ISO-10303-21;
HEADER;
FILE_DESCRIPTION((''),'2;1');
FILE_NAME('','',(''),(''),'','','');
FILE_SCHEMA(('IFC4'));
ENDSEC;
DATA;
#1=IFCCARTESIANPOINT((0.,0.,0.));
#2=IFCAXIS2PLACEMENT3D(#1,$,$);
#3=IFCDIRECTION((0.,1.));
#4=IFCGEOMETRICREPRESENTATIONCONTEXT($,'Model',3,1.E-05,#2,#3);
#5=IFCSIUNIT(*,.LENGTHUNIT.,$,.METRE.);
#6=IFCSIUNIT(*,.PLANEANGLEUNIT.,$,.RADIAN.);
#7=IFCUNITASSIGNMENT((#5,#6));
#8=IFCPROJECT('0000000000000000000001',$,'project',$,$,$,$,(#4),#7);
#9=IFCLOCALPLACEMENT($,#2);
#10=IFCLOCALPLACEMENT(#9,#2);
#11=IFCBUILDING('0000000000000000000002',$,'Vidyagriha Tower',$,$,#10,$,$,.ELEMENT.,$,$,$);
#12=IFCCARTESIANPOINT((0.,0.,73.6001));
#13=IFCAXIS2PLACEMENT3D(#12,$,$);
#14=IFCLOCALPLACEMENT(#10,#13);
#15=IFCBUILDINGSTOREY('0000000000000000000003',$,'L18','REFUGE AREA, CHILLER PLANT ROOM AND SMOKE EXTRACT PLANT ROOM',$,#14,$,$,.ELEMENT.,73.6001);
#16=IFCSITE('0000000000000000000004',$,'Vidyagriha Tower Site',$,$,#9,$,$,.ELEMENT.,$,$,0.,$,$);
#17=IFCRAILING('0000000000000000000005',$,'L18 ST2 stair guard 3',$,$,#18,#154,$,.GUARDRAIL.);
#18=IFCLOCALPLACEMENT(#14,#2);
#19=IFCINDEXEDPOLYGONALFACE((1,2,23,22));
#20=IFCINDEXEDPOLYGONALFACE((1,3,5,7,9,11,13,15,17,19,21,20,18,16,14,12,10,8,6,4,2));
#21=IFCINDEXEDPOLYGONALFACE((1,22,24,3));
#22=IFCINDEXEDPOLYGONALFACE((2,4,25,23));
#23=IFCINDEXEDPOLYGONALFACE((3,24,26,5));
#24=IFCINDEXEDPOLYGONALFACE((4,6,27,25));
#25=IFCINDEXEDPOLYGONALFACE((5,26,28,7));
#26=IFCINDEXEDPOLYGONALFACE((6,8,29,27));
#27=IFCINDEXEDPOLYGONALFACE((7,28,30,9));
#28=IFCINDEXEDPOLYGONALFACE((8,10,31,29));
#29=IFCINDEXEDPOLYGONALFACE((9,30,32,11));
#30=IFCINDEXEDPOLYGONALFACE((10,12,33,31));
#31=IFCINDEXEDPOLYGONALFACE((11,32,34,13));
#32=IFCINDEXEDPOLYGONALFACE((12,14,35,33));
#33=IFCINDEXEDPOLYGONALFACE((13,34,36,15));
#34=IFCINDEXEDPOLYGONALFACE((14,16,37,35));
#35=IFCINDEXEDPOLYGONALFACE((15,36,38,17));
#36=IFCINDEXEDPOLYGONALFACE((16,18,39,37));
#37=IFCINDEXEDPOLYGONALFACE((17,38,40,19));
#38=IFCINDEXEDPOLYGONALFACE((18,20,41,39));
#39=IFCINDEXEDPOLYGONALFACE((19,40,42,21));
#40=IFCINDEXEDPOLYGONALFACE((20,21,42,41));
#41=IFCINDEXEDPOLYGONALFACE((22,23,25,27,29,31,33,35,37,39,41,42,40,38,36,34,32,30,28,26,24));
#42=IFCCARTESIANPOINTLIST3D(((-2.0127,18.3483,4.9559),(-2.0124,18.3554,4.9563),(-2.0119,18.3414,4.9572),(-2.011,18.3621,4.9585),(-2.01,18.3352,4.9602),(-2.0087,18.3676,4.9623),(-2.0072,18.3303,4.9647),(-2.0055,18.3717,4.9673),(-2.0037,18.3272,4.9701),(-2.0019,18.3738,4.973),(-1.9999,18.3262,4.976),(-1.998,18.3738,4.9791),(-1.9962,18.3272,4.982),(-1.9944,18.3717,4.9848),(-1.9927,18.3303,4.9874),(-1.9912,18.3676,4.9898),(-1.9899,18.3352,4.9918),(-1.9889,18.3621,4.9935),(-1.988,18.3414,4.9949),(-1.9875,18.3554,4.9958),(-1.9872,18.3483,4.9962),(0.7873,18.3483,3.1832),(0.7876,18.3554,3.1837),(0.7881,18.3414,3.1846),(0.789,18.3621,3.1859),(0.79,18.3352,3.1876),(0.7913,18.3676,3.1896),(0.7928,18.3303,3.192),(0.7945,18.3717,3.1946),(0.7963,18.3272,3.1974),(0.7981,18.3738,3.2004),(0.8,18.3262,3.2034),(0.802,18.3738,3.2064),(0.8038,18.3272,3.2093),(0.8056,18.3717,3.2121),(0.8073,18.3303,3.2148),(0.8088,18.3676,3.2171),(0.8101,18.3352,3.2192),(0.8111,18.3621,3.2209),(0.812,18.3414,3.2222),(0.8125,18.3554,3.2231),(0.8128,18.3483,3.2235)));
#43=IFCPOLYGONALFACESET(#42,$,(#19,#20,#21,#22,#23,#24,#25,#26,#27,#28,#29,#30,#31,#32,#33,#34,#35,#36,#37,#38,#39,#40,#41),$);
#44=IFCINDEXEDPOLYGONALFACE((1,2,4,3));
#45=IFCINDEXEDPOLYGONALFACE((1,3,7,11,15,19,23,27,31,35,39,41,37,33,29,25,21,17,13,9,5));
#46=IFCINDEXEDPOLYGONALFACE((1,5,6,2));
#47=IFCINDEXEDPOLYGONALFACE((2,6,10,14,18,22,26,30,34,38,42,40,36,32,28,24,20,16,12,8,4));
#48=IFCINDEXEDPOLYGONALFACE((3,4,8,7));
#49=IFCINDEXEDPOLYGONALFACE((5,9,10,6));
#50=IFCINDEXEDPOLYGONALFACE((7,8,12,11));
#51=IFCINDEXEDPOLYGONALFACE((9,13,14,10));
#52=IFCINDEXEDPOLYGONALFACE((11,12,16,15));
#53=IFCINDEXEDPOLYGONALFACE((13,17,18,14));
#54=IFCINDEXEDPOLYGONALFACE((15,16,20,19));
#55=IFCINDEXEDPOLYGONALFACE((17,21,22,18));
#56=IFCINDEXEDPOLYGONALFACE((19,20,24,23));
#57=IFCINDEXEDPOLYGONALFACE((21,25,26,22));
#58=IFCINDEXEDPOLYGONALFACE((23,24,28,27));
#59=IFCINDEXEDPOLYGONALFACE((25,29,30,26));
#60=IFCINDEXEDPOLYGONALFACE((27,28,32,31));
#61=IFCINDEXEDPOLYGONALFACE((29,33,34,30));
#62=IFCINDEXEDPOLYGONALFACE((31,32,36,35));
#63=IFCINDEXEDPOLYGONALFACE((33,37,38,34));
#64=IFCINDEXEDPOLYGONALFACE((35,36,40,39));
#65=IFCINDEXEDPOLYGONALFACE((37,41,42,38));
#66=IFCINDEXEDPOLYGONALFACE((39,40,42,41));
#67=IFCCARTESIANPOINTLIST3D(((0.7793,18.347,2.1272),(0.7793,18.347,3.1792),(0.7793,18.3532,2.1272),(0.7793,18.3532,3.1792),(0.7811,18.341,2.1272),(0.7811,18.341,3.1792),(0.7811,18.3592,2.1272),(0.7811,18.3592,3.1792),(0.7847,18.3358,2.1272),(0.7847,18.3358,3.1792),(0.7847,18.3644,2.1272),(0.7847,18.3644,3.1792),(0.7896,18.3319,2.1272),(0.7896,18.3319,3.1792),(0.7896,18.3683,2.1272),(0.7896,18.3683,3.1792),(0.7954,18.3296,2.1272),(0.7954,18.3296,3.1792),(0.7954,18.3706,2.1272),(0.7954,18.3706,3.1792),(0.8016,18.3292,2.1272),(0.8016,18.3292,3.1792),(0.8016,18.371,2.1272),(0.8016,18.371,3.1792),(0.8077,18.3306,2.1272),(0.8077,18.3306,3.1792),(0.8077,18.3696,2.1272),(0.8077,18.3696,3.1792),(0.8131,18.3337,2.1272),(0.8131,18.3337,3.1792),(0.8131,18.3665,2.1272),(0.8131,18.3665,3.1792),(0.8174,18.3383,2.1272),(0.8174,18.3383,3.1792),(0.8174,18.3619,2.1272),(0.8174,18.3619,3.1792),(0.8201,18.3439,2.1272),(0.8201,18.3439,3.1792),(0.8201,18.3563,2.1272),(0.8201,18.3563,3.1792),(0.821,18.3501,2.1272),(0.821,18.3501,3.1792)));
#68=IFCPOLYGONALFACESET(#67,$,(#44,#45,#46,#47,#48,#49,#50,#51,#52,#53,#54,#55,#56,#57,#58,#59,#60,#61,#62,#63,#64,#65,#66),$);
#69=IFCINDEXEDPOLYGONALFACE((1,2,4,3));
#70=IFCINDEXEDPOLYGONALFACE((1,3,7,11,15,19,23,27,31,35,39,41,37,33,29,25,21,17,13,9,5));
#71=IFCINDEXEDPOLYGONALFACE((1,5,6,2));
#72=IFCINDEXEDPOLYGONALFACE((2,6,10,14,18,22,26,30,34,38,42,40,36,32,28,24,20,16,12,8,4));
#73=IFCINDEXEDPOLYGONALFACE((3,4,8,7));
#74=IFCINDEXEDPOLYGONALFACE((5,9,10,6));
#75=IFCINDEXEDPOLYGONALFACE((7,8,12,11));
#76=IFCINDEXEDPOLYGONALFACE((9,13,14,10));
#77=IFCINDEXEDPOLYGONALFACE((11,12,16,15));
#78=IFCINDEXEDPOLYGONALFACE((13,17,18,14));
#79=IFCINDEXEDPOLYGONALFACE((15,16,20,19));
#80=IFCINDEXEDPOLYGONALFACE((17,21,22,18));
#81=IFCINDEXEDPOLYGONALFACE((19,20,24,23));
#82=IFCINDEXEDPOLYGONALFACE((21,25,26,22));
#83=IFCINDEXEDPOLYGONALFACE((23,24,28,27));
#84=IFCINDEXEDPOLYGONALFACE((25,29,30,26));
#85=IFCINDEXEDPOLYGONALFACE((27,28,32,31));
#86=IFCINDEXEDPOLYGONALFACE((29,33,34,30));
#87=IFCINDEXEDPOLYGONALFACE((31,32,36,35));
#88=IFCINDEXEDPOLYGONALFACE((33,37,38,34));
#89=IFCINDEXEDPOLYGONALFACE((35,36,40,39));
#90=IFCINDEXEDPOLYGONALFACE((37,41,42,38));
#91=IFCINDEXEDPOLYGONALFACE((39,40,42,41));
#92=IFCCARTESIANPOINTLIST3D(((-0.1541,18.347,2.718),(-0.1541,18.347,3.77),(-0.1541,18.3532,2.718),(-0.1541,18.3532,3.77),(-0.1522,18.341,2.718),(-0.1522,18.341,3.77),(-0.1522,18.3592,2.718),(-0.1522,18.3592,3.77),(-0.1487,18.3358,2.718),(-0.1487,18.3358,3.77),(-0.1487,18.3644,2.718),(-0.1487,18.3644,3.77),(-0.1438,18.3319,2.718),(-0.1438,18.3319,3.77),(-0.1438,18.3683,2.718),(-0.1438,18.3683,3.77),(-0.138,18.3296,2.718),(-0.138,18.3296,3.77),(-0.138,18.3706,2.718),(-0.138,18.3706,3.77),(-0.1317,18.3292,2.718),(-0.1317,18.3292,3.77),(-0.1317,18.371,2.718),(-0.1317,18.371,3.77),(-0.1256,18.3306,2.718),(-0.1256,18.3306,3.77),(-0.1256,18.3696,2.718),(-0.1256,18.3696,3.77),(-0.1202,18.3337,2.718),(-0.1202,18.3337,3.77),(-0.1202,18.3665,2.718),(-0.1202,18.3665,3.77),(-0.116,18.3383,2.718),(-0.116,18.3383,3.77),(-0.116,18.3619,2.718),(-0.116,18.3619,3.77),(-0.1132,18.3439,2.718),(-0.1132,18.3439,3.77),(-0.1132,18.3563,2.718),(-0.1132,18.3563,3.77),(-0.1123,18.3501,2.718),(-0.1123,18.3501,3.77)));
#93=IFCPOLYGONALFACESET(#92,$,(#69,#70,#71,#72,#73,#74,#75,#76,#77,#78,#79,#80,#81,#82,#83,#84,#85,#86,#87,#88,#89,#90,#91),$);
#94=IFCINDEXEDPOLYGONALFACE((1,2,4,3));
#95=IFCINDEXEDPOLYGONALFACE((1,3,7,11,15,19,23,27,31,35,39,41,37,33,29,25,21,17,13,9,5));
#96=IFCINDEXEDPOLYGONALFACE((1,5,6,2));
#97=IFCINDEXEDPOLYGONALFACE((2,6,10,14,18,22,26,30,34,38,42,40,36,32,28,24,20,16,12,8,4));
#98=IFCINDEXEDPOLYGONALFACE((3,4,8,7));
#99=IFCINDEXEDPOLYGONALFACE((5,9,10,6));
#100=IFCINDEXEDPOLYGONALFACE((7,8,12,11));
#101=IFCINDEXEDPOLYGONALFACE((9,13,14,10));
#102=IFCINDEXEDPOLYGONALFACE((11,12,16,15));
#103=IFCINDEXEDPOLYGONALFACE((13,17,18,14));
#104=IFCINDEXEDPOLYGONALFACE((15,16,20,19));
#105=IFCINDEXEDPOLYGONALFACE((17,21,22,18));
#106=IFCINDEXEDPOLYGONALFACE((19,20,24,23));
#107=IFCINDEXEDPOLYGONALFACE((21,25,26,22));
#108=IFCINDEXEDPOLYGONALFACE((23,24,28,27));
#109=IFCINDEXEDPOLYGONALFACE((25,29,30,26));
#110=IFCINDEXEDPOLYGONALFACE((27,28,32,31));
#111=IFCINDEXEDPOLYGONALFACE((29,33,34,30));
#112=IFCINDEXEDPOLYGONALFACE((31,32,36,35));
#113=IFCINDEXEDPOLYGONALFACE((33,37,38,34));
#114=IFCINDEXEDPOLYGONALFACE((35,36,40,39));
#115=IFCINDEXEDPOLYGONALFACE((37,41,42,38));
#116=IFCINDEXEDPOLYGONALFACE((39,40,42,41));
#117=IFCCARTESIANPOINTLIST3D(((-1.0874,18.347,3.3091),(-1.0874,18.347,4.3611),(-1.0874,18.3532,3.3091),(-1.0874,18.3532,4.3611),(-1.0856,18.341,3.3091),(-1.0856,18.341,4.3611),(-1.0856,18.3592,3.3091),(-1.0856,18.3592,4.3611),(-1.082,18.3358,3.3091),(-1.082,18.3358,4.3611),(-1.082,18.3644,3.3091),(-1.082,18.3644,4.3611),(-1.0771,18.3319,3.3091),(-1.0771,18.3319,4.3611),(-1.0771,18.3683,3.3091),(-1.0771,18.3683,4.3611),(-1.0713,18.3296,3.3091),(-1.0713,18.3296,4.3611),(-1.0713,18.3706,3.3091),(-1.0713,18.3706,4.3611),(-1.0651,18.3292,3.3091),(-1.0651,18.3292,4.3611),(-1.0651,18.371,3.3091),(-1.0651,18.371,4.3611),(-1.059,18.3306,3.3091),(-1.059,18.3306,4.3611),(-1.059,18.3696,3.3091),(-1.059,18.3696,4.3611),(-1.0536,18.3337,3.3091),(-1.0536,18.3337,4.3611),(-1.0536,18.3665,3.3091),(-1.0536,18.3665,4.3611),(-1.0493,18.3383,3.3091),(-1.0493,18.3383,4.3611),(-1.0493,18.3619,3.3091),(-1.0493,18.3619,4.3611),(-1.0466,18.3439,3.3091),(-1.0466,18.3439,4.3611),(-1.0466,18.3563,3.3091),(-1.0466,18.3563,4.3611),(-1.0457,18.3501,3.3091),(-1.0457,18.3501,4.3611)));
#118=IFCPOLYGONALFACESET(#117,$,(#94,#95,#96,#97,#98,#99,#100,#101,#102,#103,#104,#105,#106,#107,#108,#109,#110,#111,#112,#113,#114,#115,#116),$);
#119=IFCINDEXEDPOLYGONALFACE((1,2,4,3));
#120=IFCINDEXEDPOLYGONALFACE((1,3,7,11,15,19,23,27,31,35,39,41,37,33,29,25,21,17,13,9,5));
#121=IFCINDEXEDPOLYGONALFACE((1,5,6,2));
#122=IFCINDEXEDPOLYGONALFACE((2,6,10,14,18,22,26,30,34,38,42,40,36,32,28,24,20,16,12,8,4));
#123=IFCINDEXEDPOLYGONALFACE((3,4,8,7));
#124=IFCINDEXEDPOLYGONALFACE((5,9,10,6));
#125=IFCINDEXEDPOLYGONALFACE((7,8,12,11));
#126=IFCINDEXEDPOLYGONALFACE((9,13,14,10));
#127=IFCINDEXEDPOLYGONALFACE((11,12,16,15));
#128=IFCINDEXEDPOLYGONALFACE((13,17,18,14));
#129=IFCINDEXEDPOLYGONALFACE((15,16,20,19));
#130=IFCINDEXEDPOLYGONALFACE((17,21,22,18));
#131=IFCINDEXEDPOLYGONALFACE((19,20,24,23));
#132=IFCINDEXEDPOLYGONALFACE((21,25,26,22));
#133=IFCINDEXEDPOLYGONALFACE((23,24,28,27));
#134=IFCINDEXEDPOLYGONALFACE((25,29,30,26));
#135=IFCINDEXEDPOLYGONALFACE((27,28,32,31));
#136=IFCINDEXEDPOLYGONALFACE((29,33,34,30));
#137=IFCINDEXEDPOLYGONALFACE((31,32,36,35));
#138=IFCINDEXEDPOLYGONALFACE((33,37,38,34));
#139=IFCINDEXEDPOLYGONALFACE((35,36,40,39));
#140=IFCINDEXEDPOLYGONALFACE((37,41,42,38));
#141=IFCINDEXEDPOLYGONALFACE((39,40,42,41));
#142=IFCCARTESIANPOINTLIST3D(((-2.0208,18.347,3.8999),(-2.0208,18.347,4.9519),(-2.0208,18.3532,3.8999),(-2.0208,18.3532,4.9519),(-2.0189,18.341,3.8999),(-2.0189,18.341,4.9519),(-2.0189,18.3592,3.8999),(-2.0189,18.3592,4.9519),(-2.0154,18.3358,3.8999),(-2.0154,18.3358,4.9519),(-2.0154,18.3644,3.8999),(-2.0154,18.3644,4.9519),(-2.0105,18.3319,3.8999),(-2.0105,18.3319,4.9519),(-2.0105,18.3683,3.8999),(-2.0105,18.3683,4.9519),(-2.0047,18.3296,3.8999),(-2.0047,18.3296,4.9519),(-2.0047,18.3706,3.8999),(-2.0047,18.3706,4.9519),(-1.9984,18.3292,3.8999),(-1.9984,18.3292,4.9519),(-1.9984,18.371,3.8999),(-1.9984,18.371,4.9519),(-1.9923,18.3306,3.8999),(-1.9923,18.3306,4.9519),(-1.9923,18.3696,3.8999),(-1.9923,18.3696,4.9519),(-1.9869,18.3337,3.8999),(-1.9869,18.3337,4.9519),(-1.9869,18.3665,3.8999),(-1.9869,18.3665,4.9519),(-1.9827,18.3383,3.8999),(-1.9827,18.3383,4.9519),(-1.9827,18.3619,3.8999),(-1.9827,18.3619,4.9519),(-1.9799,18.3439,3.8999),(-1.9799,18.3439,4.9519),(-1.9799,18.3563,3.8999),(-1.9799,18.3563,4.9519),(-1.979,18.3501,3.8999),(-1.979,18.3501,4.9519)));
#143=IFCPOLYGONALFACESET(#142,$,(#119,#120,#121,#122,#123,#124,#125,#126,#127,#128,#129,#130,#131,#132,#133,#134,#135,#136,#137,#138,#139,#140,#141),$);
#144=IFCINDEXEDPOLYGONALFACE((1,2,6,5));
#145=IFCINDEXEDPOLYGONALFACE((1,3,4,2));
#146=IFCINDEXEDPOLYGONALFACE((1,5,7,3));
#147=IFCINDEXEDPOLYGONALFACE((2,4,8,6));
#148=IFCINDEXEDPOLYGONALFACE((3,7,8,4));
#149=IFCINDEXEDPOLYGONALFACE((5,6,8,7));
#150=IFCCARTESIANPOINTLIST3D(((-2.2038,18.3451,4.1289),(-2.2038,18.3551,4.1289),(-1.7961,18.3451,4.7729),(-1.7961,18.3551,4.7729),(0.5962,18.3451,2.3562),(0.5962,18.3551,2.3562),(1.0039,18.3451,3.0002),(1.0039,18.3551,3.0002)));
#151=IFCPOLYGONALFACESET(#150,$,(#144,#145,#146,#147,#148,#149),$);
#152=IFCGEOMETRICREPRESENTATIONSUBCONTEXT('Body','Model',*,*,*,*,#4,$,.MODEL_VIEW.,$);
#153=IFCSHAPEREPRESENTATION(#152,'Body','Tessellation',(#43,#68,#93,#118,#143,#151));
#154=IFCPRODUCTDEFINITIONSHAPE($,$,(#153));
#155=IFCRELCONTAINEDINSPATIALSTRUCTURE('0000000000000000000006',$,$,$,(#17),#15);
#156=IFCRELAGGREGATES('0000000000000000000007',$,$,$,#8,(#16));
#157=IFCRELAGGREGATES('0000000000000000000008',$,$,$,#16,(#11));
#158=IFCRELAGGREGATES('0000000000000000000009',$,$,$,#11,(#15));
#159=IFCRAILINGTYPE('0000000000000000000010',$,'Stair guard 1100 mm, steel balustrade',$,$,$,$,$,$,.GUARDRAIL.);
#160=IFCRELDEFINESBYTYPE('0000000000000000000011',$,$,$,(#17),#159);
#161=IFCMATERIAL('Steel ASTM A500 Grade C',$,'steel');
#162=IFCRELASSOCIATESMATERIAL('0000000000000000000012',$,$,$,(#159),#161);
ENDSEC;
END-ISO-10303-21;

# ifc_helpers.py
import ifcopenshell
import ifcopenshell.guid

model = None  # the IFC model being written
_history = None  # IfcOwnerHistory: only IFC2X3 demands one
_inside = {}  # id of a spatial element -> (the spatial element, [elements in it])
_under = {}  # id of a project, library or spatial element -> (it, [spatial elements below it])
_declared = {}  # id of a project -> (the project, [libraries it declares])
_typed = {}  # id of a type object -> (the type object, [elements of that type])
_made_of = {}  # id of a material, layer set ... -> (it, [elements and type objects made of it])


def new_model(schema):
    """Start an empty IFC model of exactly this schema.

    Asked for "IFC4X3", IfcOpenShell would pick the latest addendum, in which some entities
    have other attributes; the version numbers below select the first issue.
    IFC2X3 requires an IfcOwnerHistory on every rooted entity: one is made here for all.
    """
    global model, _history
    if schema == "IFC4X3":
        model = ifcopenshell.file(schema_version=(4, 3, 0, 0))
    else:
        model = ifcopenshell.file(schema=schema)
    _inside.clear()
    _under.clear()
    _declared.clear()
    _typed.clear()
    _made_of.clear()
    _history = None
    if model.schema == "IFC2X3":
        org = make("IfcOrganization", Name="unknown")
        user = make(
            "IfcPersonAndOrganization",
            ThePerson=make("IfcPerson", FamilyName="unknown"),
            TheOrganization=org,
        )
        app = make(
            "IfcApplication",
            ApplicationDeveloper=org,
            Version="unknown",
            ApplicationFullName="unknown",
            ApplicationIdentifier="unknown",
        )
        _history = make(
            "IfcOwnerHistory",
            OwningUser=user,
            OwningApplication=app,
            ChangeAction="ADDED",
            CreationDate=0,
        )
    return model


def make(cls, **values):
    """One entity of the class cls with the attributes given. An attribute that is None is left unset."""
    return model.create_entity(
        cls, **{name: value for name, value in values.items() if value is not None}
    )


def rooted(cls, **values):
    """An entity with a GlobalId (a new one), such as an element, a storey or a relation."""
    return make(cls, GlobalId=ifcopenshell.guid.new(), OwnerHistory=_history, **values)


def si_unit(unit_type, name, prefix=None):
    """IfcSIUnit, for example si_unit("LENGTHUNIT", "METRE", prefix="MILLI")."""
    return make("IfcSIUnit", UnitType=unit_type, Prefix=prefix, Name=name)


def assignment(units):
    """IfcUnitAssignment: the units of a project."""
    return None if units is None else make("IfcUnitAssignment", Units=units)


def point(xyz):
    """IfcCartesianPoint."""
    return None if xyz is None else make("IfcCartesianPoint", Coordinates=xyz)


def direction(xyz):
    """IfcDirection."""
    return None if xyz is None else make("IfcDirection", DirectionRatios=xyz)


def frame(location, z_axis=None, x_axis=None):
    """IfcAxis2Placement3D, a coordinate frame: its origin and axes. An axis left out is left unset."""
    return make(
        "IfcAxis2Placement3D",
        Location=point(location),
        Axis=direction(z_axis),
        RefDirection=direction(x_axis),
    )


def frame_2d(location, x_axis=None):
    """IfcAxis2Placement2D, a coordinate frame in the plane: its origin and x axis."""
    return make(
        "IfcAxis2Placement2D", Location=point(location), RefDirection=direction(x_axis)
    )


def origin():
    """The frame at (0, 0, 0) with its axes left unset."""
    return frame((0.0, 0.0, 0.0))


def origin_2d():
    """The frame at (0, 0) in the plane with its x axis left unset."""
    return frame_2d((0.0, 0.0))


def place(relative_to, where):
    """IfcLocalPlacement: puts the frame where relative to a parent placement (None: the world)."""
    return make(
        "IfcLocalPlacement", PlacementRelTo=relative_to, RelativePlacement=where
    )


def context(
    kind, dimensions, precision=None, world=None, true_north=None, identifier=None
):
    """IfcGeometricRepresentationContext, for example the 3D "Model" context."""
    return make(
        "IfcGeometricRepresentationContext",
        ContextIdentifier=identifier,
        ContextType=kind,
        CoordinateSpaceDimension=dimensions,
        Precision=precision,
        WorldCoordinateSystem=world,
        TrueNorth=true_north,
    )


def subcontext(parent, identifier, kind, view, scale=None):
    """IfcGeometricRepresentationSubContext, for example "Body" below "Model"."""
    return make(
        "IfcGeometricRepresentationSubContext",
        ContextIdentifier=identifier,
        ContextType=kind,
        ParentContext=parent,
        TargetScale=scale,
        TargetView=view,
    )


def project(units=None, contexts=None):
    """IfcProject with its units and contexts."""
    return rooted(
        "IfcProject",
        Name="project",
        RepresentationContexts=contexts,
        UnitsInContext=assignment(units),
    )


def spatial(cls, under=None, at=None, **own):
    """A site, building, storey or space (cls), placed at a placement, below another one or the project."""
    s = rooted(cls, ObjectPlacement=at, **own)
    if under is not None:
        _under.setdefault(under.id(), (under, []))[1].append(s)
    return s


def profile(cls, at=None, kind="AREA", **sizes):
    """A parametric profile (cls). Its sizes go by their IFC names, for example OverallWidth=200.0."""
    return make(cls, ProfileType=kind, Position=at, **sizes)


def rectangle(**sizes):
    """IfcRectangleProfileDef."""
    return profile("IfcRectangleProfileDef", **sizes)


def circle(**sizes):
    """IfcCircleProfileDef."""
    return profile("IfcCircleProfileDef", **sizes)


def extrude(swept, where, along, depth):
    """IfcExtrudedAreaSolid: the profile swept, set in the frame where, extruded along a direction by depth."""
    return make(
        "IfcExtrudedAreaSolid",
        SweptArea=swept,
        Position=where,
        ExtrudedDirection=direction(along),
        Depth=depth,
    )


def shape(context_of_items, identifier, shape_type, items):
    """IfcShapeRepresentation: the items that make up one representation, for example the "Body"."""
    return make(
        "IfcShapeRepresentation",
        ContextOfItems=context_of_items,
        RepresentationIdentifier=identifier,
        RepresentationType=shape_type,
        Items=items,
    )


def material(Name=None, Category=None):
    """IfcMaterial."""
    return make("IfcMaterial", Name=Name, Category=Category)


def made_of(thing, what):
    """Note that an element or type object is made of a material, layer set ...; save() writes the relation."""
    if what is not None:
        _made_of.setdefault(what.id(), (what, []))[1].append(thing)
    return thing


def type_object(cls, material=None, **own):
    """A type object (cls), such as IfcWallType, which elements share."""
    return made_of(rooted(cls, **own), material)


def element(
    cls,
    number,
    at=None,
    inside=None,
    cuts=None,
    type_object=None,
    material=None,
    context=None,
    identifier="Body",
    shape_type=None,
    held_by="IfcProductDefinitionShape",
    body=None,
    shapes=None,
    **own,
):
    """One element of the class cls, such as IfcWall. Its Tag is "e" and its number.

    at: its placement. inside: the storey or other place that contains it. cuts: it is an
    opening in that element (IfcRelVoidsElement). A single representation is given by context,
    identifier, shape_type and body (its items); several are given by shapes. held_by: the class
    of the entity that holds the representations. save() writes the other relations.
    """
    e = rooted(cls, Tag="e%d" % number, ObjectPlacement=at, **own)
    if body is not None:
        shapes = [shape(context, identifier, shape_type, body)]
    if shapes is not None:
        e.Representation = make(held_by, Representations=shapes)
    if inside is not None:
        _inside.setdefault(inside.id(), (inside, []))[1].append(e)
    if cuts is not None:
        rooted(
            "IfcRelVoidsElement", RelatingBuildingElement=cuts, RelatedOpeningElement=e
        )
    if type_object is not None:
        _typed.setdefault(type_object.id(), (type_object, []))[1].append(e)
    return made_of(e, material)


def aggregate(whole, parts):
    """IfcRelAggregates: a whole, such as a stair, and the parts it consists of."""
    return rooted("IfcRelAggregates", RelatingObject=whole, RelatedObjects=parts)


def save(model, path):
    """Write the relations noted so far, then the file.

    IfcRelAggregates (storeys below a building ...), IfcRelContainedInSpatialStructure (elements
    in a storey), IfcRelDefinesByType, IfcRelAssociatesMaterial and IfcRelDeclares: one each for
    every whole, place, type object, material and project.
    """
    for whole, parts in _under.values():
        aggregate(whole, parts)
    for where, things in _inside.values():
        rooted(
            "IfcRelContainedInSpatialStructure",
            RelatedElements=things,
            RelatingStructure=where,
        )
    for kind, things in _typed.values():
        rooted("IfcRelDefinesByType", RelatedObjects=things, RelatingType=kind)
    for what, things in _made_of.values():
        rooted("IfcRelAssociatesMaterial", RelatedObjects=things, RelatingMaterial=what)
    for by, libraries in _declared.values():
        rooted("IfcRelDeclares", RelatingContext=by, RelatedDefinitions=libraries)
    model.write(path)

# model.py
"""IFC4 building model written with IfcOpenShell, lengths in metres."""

from ifc_helpers import new_model, si_unit, direction, frame, origin, origin_2d, place, context, subcontext, project, spatial, rectangle, circle, extrude, material, type_object, element, save


model = new_model("IFC4")

# Units and contexts
model_context = context("Model", 3, precision=1e-05, world=origin(), true_north=direction((0.0, 1.0)))
body_context = subcontext(model_context, "Body", "Model", "MODEL_VIEW")
ifc_project = project(units=[si_unit("LENGTHUNIT", "METRE"), si_unit("PLANEANGLEUNIT", "RADIAN")], contexts=[model_context])

# Site, building, storey
site_placement = place(None, origin())
site = spatial("IfcSite", under=ifc_project, at=site_placement, Name="Vidyagriha Tower Site", CompositionType="ELEMENT", RefElevation=0.0)
building_placement = place(site_placement, origin())
building = spatial("IfcBuilding", under=site, at=building_placement, Name="Vidyagriha Tower", CompositionType="ELEMENT")
storey_placement = place(building_placement, frame((0.0, 0.0, 73.6001)))
storey = spatial("IfcBuildingStorey", under=building, at=storey_placement, Name="L18", Description="REFUGE AREA, CHILLER PLANT ROOM AND SMOKE EXTRACT PLANT ROOM", CompositionType="ELEMENT", Elevation=73.6001)

# Railing
ifc_material_1 = material(Name="Steel ASTM A500 Grade C", Category="steel")
railing_type_1 = type_object("IfcRailingType", Name="Stair guard 1100 mm, steel balustrade", PredefinedType="GUARDRAIL", material=ifc_material_1)
railing_1_placement = place(storey_placement, frame((0.8, 18.3501, 2.1272)))
element("IfcRailing", 1, at=railing_1_placement, inside=storey, type_object=railing_type_1, Name="L18 ST2 stair guard 3", PredefinedType="GUARDRAIL", context=body_context, shape_type="SweptSolid", body=[
    extrude(circle(Radius=0.0239, at=origin_2d()), frame((0.0, 0.0, 1.0762), z_axis=(-0.844909, 0.0, 0.53491), x_axis=(0.0, -1.0, 0.0)), (0.0, 0.0, 1.0), 3.314),
    extrude(circle(Radius=0.021, at=origin_2d()), origin(), (0.0, 0.0, 1.0), 1.052),
    extrude(circle(Radius=0.021, at=origin_2d()), frame((-0.9333, 0.0, 0.5908)), (0.0, 0.0, 1.0), 1.052),
    extrude(circle(Radius=0.021, at=origin_2d()), frame((-1.8667, 0.0, 1.1819)), (0.0, 0.0, 1.0), 1.052),
    extrude(circle(Radius=0.021, at=origin_2d()), frame((-2.8, 0.0, 1.7727)), (0.0, 0.0, 1.0), 1.052),
    extrude(rectangle(XDim=0.01, YDim=0.7622, at=origin_2d()), frame((0.0, 0.0, 0.551), z_axis=(-0.844909, 0.0, 0.53491), x_axis=(0.0, -1.0, 0.0)), (0.0, 0.0, 1.0), 3.314),
])

save(model, "model.ifc")
